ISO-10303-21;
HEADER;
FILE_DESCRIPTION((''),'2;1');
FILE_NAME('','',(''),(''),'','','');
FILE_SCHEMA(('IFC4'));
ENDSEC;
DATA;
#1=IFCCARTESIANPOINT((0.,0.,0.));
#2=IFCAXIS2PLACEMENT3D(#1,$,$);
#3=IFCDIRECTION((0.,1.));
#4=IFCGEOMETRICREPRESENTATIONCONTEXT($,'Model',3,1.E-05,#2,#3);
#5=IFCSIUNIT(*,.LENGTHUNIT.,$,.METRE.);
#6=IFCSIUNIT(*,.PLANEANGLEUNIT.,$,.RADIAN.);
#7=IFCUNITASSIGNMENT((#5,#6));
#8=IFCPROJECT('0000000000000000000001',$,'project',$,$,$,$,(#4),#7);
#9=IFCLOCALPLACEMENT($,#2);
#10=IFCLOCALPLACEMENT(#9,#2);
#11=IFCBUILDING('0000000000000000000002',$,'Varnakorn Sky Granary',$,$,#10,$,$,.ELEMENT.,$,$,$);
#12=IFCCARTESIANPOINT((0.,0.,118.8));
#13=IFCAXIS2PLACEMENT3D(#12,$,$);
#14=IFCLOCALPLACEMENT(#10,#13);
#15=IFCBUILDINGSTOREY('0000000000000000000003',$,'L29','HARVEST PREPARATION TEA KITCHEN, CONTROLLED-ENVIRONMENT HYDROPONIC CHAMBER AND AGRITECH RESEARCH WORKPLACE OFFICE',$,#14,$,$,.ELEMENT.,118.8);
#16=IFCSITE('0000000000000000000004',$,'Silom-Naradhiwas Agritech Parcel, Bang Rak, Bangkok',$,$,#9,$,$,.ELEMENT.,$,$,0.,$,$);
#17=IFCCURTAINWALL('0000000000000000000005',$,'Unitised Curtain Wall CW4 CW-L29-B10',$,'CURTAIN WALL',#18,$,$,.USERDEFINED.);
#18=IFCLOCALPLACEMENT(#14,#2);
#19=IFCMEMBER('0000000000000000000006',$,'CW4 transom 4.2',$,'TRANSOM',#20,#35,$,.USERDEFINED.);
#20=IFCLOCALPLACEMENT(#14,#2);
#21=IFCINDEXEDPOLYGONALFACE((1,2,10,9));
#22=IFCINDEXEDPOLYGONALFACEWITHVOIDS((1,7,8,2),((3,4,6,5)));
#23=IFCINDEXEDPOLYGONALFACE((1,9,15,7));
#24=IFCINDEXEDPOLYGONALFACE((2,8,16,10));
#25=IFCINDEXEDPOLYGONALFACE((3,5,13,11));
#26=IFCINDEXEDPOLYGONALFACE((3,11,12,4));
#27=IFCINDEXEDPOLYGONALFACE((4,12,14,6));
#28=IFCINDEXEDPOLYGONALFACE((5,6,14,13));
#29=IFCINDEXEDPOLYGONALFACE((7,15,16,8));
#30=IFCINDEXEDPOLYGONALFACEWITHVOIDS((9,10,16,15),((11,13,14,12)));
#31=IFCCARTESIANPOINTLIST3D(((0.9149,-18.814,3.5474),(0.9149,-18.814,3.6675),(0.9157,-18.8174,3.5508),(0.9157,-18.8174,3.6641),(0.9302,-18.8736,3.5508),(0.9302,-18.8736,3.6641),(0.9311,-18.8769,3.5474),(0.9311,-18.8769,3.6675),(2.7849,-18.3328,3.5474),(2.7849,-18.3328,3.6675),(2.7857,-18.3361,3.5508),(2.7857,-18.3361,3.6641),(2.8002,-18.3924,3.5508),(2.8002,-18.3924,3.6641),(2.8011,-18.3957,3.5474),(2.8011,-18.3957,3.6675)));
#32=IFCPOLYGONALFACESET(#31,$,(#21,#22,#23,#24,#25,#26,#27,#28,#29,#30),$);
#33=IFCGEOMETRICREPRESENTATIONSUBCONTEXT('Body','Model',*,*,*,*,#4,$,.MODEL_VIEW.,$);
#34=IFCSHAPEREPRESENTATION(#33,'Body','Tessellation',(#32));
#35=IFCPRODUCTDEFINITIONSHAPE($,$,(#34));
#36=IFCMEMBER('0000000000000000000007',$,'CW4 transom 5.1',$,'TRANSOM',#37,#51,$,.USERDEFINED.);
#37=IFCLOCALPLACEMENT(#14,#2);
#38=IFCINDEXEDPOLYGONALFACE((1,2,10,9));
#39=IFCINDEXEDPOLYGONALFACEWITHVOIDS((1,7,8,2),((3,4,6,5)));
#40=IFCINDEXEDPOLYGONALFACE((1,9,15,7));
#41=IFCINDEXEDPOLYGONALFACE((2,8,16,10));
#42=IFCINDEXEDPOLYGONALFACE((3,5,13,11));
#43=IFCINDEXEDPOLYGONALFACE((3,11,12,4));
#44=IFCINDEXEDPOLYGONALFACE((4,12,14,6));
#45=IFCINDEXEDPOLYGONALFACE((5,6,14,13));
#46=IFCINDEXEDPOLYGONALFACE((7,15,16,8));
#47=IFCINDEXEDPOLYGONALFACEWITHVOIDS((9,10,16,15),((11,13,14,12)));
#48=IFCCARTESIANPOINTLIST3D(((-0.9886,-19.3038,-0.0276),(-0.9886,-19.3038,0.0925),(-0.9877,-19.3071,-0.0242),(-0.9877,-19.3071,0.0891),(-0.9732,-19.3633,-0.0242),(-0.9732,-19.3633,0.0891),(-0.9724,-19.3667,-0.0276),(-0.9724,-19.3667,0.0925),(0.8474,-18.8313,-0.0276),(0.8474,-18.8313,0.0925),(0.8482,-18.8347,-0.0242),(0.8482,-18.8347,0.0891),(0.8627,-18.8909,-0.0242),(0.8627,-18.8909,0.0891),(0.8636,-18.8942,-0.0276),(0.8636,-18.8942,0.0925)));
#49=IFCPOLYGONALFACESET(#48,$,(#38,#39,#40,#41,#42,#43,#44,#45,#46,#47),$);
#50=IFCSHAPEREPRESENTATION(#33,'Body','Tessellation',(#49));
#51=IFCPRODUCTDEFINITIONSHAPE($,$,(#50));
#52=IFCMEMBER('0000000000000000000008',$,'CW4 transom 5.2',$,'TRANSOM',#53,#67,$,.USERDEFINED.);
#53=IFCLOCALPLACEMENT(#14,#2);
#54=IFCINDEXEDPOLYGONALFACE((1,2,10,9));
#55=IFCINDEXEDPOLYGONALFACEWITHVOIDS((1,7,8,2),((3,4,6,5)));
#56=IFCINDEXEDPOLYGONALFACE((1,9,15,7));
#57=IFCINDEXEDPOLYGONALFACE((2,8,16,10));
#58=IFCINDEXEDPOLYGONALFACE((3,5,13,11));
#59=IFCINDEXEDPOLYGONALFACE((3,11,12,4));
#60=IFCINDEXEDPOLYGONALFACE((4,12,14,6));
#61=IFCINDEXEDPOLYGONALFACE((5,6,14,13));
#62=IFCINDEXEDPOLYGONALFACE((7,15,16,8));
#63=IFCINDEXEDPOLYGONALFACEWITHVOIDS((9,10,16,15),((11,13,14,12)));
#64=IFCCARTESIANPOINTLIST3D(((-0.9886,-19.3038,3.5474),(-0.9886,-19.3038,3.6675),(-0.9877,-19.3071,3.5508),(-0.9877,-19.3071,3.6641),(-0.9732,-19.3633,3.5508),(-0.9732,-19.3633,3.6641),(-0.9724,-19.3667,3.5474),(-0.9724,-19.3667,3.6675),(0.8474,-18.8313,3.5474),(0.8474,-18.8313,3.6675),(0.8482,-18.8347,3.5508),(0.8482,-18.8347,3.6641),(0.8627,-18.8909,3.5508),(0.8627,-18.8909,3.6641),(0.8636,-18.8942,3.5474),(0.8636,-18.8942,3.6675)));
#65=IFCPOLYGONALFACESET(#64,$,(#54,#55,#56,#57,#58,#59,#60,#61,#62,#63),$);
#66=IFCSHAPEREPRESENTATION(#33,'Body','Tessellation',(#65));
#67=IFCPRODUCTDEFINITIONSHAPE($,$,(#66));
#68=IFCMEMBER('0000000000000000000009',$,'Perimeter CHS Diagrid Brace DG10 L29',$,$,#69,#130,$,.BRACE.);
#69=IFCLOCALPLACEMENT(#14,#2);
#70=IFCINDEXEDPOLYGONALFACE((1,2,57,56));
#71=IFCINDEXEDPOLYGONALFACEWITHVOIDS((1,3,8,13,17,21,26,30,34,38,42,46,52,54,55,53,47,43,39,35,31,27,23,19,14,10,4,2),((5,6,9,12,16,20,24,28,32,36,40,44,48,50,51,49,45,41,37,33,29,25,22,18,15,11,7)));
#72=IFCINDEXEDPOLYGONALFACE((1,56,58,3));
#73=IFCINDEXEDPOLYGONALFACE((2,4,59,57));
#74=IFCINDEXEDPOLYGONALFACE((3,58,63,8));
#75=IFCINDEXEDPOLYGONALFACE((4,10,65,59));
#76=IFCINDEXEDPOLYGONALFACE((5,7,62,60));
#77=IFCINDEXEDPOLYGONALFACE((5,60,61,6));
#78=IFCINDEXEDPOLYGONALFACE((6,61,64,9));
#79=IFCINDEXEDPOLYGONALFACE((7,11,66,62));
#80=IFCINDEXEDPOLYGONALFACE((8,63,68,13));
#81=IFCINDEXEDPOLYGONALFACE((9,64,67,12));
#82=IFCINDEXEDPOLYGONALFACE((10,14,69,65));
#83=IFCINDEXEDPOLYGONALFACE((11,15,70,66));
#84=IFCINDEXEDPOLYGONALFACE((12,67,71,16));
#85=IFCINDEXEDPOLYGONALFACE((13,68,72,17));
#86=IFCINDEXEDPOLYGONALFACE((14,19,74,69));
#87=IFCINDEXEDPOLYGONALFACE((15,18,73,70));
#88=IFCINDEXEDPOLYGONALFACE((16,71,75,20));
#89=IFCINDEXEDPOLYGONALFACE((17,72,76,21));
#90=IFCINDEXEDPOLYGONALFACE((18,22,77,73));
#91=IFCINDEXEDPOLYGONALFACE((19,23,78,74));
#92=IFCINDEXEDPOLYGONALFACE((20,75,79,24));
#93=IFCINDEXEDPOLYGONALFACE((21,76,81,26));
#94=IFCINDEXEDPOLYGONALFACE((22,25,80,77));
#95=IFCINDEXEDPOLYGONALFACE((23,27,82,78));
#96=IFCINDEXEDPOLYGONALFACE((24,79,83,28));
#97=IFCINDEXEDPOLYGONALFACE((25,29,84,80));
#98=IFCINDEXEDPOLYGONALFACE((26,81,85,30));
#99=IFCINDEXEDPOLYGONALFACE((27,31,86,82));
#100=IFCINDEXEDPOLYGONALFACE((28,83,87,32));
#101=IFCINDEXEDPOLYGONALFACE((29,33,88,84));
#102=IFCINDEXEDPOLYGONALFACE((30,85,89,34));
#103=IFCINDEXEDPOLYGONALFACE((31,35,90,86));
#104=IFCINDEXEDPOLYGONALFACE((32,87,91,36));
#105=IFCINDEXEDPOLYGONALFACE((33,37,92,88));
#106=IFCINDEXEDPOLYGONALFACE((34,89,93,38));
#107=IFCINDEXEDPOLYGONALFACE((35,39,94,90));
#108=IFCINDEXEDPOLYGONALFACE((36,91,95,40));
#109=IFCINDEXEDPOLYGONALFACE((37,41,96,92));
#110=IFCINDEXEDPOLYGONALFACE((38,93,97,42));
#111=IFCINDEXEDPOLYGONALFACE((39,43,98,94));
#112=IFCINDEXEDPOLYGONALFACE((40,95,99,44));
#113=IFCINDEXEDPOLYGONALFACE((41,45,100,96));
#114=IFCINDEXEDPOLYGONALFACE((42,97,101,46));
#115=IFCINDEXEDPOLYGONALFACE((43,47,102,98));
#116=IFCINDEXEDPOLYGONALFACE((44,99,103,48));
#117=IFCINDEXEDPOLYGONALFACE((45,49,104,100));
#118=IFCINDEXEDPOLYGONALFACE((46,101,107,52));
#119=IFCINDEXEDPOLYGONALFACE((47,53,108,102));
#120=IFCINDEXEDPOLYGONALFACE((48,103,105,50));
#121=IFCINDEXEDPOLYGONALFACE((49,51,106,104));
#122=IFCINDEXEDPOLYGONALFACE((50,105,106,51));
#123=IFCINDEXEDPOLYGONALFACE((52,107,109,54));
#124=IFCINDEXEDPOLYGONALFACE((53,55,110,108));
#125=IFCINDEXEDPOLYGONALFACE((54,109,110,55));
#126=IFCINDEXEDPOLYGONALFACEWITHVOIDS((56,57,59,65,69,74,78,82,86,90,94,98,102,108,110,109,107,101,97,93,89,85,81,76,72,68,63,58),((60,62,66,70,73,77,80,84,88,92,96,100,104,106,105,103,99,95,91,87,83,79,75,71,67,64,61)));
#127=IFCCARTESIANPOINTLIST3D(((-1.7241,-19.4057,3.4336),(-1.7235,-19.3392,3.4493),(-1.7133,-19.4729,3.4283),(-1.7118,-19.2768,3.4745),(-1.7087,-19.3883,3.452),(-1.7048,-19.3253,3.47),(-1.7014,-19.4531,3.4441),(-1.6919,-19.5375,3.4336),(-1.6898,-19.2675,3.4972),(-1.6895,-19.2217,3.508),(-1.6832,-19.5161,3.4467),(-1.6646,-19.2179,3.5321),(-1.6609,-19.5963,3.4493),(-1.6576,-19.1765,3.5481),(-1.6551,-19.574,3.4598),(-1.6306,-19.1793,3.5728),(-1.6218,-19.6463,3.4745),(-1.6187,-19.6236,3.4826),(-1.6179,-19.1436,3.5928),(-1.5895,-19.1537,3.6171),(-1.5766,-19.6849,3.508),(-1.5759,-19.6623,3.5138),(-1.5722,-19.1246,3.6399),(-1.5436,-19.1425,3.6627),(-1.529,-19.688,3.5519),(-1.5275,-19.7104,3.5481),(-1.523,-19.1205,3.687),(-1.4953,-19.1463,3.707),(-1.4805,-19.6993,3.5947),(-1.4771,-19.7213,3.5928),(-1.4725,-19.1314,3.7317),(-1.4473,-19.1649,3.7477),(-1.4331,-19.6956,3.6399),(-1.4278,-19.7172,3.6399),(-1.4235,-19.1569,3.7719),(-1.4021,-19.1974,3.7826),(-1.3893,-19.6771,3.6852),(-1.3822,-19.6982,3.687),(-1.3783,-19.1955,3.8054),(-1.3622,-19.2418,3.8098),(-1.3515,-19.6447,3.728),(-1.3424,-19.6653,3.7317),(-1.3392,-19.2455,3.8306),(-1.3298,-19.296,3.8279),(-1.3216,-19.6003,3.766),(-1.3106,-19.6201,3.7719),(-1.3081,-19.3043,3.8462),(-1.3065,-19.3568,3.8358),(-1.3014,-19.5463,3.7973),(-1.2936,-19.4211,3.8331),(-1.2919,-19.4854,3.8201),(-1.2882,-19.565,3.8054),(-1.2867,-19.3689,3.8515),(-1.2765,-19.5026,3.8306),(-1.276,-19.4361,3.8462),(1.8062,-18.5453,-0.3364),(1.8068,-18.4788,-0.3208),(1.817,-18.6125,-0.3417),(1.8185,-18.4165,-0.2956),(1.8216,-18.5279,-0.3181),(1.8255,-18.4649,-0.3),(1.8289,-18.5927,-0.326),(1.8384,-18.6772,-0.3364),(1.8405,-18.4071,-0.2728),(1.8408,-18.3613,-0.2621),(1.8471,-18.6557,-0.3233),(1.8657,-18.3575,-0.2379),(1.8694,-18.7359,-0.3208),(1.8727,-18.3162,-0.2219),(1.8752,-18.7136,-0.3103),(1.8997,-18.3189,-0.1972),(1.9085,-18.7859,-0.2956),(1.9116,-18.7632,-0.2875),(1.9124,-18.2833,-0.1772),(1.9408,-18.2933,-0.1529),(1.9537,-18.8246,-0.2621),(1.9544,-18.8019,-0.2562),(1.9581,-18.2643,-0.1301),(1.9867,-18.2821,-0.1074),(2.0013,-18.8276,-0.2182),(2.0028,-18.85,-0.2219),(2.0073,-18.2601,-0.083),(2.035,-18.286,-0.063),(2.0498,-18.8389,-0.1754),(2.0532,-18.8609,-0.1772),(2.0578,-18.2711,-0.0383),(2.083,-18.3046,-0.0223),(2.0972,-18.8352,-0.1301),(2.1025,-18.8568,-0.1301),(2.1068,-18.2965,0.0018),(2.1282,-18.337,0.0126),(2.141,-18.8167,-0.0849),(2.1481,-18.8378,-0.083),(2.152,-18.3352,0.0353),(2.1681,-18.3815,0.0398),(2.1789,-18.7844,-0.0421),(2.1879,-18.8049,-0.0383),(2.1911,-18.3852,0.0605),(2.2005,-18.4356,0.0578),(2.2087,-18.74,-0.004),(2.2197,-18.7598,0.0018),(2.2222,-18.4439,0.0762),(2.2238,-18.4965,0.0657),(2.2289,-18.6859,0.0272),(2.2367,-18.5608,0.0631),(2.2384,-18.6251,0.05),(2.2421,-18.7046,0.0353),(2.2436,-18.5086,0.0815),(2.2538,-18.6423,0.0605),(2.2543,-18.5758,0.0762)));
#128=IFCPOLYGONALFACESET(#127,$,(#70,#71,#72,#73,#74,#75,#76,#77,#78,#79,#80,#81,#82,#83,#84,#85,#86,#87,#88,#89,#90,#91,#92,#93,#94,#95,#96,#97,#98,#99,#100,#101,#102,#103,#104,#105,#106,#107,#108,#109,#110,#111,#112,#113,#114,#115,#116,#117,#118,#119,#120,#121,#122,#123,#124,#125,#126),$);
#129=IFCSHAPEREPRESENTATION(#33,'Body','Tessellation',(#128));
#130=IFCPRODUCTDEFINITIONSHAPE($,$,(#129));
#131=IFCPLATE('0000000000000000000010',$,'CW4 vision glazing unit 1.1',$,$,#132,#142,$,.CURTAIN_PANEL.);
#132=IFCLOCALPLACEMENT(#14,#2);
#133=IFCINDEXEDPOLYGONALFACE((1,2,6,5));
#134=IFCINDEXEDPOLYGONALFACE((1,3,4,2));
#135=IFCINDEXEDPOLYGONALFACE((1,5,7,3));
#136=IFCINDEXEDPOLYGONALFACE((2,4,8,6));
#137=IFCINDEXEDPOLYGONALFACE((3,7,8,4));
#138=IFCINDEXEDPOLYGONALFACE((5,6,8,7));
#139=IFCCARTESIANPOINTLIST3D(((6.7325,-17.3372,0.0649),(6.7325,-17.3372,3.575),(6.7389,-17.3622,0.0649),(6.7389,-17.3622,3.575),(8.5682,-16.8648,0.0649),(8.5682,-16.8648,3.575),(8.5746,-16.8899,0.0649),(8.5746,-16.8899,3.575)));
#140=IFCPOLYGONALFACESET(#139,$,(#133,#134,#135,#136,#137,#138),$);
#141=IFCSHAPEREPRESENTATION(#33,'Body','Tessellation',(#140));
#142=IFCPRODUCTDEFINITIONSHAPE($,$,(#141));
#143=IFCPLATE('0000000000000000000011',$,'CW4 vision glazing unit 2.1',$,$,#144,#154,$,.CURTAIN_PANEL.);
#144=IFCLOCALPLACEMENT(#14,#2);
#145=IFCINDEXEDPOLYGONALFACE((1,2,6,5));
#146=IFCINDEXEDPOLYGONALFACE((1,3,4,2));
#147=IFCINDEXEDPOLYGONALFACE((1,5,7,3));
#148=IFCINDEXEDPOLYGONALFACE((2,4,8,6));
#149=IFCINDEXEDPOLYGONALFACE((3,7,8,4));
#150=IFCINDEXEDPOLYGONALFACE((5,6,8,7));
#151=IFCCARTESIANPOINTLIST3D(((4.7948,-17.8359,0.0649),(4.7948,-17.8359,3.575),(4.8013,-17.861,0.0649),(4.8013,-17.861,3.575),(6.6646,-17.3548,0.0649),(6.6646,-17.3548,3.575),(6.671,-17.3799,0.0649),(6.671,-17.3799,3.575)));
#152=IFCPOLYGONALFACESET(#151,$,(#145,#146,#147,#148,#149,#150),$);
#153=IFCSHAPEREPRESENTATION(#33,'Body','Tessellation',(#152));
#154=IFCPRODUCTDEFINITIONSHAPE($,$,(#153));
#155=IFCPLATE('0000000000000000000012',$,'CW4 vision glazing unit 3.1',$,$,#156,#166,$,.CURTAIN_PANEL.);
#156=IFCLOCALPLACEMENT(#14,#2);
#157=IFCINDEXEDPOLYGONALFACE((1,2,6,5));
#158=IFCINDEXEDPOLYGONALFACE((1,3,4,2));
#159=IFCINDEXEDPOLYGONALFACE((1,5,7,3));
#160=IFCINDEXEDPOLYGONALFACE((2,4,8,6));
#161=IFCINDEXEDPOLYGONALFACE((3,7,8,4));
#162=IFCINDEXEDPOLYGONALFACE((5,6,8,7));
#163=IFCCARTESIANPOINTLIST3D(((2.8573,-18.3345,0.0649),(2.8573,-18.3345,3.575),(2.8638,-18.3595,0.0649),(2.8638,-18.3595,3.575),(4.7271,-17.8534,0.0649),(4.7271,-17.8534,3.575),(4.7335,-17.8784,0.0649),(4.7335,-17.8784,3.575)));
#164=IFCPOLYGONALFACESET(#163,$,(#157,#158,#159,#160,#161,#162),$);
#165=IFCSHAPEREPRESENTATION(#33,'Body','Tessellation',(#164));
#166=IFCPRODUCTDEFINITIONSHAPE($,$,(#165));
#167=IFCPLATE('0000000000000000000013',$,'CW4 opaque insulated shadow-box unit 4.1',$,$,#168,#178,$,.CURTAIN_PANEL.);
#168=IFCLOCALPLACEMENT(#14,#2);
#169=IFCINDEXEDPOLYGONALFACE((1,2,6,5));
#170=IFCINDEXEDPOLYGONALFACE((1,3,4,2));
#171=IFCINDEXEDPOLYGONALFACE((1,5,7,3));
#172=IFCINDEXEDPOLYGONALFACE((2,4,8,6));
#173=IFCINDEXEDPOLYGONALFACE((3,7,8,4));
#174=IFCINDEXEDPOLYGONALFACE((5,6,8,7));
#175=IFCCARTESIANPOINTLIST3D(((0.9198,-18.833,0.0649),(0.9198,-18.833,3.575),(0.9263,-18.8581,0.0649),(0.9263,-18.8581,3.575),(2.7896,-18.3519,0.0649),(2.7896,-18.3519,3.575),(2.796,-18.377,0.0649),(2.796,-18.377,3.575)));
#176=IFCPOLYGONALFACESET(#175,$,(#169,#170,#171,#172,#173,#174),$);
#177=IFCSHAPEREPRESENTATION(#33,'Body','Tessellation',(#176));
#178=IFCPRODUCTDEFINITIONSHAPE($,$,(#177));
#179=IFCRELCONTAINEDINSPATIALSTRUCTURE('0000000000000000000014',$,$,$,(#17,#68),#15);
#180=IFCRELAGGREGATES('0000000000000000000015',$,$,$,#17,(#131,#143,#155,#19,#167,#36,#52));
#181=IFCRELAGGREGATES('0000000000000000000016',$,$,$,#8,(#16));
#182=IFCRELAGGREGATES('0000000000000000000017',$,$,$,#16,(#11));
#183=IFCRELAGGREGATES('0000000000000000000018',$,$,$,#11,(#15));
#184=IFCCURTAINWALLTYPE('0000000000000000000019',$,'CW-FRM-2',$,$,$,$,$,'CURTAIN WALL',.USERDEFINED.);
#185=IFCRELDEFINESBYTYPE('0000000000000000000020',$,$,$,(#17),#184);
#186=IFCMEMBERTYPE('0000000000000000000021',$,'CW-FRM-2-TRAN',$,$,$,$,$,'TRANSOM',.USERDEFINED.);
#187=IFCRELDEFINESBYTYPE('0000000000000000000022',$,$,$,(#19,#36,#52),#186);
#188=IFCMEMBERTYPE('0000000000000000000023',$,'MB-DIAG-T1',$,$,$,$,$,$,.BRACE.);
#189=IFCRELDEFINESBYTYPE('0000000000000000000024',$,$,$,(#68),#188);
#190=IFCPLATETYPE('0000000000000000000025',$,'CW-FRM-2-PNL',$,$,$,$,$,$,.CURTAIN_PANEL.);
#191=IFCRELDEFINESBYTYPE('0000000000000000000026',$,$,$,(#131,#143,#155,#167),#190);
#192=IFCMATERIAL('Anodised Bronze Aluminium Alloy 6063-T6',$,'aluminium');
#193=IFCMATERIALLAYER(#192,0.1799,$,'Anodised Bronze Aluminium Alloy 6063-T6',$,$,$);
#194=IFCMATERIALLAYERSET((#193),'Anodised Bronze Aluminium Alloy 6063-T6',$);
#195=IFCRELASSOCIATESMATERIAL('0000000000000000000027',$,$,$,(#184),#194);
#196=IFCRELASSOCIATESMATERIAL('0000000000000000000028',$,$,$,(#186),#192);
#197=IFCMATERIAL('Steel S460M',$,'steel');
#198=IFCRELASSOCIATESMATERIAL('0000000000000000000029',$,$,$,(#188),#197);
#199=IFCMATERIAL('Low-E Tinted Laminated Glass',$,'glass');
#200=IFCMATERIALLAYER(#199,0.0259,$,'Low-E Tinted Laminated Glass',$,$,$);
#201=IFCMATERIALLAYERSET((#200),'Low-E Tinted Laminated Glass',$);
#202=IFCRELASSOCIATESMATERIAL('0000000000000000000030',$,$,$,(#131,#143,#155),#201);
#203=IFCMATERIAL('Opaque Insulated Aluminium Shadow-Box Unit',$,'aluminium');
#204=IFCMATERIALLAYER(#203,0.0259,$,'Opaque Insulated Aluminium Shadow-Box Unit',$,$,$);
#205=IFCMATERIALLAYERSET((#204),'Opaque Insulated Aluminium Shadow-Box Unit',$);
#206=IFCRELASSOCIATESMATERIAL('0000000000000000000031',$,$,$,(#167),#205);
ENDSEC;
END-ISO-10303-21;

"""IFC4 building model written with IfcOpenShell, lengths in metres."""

from ifc_helpers import new_model, si_unit, direction, frame, origin, origin_2d, place, context, subcontext, project, spatial, rectangle, hollow_rectangle, hollow_circle, extrude, source, transform, mapped, material, layer, layer_set, material_profile, profile_set, type_object, type_shapes, element, aggregate, save


model = new_model("IFC4")

# Units and contexts
model_context = context("Model", 3, precision=1e-05, world=origin(), true_north=direction((0.0, 1.0)))
body_context = subcontext(model_context, "Body", "Model", "MODEL_VIEW")
ifc_project = project(units=[si_unit("LENGTHUNIT", "METRE"), si_unit("PLANEANGLEUNIT", "RADIAN")], contexts=[model_context])

# Site, building, storey
site_placement = place(None, origin())
site = spatial("IfcSite", under=ifc_project, at=site_placement, Name="Silom-Naradhiwas Agritech Parcel, Bang Rak, Bangkok", CompositionType="ELEMENT", RefElevation=0.0)
building_placement = place(site_placement, origin())
building = spatial("IfcBuilding", under=site, at=building_placement, Name="Varnakorn Sky Granary", CompositionType="ELEMENT")
storey_placement = place(building_placement, frame((0.0, 0.0, 118.8)))
storey = spatial("IfcBuildingStorey", under=building, at=storey_placement, Name="L29", Description="HARVEST PREPARATION TEA KITCHEN, CONTROLLED-ENVIRONMENT HYDROPONIC CHAMBER AND AGRITECH RESEARCH WORKPLACE OFFICE", CompositionType="ELEMENT", Elevation=118.8)

# Curtain wall, members
ifc_material_1 = material(Name="Anodised Bronze Aluminium Alloy 6063-T6", Category="aluminium")
ifc_layer_1 = layer(ifc_material_1, 0.1799, Name="Anodised Bronze Aluminium Alloy 6063-T6")
ifc_layer_set_1 = layer_set([ifc_layer_1], Name="Anodised Bronze Aluminium Alloy 6063-T6")
curtain_wall_type = type_object("IfcCurtainWallType", Name="CW-FRM-2", ElementType="CURTAIN WALL", PredefinedType="USERDEFINED", material=ifc_layer_set_1)
curtain_wall_placement = place(storey_placement, origin())
curtain_wall = element("IfcCurtainWall", 1, at=curtain_wall_placement, inside=storey, type_object=curtain_wall_type, Name="Unitised Curtain Wall CW4 CW-L29-B10", ObjectType="CURTAIN WALL", PredefinedType="USERDEFINED")
ifc_material_profile_1 = material_profile(ifc_material_1, hollow_rectangle(XDim=0.0649, YDim=0.1201, WallThickness=0.0034, at=origin_2d()), Name="ALU TRAN 65x120")
ifc_profile_set_1 = profile_set([ifc_material_profile_1], Name="Anodised Bronze Aluminium Alloy 6063-T6")
member_type_1 = type_object("IfcMemberType", Name="CW-FRM-2-TRAN", ElementType="TRANSOM", PredefinedType="USERDEFINED", material=ifc_profile_set_1)
member_1_placement = place(storey_placement, frame((2.793, -18.3643, 3.6074), z_axis=(-0.968446, -0.249224, 0.0), x_axis=(0.249224, -0.968446, 0.0)))
member_1 = element("IfcMember", 2, at=member_1_placement, type_object=member_type_1, Name="CW4 transom 4.2", ObjectType="TRANSOM", PredefinedType="USERDEFINED", context=body_context, shape_type="SweptSolid", body=[
    extrude(hollow_rectangle(XDim=0.0649, YDim=0.1201, WallThickness=0.0034, at=origin_2d()), origin(), (0.0, 0.0, 1.0), 1.9309),
])
member_2_placement = place(storey_placement, frame((0.8555, -18.8628, 0.0325), z_axis=(-0.968453, -0.249196, 0.0), x_axis=(0.249196, -0.968453, 0.0)))
member_2 = element("IfcMember", 3, at=member_2_placement, type_object=member_type_1, Name="CW4 transom 5.1", ObjectType="TRANSOM", PredefinedType="USERDEFINED", context=body_context, shape_type="SweptSolid", body=[
    extrude(hollow_rectangle(XDim=0.0649, YDim=0.1201, WallThickness=0.0034, at=origin_2d()), origin(), (0.0, 0.0, 1.0), 1.8958),
])
member_3_placement = place(storey_placement, frame((0.8555, -18.8628, 3.6074), z_axis=(-0.968453, -0.249196, 0.0), x_axis=(0.249196, -0.968453, 0.0)))
member_3 = element("IfcMember", 4, at=member_3_placement, type_object=member_type_1, Name="CW4 transom 5.2", ObjectType="TRANSOM", PredefinedType="USERDEFINED", context=body_context, shape_type="SweptSolid", body=[
    extrude(hollow_rectangle(XDim=0.0649, YDim=0.1201, WallThickness=0.0034, at=origin_2d()), origin(), (0.0, 0.0, 1.0), 1.8958),
])

# Member
ifc_material_2 = material(Name="Steel S460M", Category="steel")
ifc_material_profile_2 = material_profile(ifc_material_2, hollow_circle(Radius=0.3049, WallThickness=0.0222, at=origin_2d()), Name="CHS 610x22")
ifc_profile_set_2 = profile_set([ifc_material_profile_2], Name="Steel S460M")
member_type_2 = type_object("IfcMemberType", Name="MB-DIAG-T1", PredefinedType="BRACE", material=ifc_profile_set_2)
member_4_placement = place(storey_placement, frame((2.0303, -18.5605, -0.1301), z_axis=(-0.674226, -0.164314, 0.720014), x_axis=(0.236777, -0.971564, 0.0)))
element("IfcMember", 5, at=member_4_placement, inside=storey, type_object=member_type_2, Name="Perimeter CHS Diagrid Brace DG10 L29", PredefinedType="BRACE", context=body_context, shape_type="SweptSolid", body=[
    extrude(hollow_circle(Radius=0.3049, WallThickness=0.0222, at=origin_2d()), origin(), (0.0, 0.0, 1.0), 5.2361),
])

# Plates
ifc_material_3 = material(Name="Low-E Tinted Laminated Glass", Category="glass")
ifc_layer_2 = layer(ifc_material_3, 0.0259, Name="Low-E Tinted Laminated Glass")
ifc_layer_set_2 = layer_set([ifc_layer_2], Name="Low-E Tinted Laminated Glass")
plate_type = type_object("IfcPlateType", Name="CW-FRM-2-PNL", PredefinedType="CURTAIN_PANEL")
shared_shape_1 = source(origin(), body_context, "Body", "SweptSolid", [
    extrude(rectangle(XDim=1.8955, YDim=0.0259, at=origin_2d()), origin(), (0.0, 0.0, 1.0), 3.51),
])
plate_1_placement = place(storey_placement, frame((7.6536, -17.1135, 0.0649), z_axis=(0.0, 0.0, 1.0), x_axis=(-0.968453, -0.249196, 0.0)))
plate_1 = element("IfcPlate", 6, at=plate_1_placement, type_object=plate_type, material=ifc_layer_set_2, Name="CW4 vision glazing unit 1.1", PredefinedType="CURTAIN_PANEL", context=body_context, shape_type="MappedRepresentation", body=[
    mapped(shared_shape_1, transform((0.0, 0.0, 0.0), x_axis=(1.0, 0.0, 0.0), y_axis=(0.0, 1.0, 0.0), z_axis=(0.0, 0.0, 1.0), scale=1.0)),
])
shared_shape_2 = source(origin(), body_context, "Body", "SweptSolid", [
    extrude(rectangle(XDim=1.9307, YDim=0.0259, at=origin_2d()), origin(), (0.0, 0.0, 1.0), 3.51),
])
type_shapes(plate_type, [shared_shape_1, shared_shape_2])
plate_2_placement = place(storey_placement, frame((5.7329, -17.6079, 0.0649), z_axis=(0.0, 0.0, 1.0), x_axis=(-0.968453, -0.249196, 0.0)))
plate_2 = element("IfcPlate", 7, at=plate_2_placement, type_object=plate_type, material=ifc_layer_set_2, Name="CW4 vision glazing unit 2.1", PredefinedType="CURTAIN_PANEL", context=body_context, shape_type="MappedRepresentation", body=[
    mapped(shared_shape_2, transform((0.0, 0.0, 0.0), x_axis=(1.0, 0.0, 0.0), y_axis=(0.0, 1.0, 0.0), z_axis=(0.0, 0.0, 1.0), scale=1.0)),
])
plate_3_placement = place(storey_placement, frame((3.7954, -18.1064, 0.0649), z_axis=(0.0, 0.0, 1.0), x_axis=(-0.968453, -0.249196, 0.0)))
plate_3 = element("IfcPlate", 8, at=plate_3_placement, type_object=plate_type, material=ifc_layer_set_2, Name="CW4 vision glazing unit 3.1", PredefinedType="CURTAIN_PANEL", context=body_context, shape_type="MappedRepresentation", body=[
    mapped(shared_shape_2, transform((0.0, 0.0, 0.0), x_axis=(1.0, 0.0, 0.0), y_axis=(0.0, 1.0, 0.0), z_axis=(0.0, 0.0, 1.0), scale=1.0)),
])
ifc_material_4 = material(Name="Opaque Insulated Aluminium Shadow-Box Unit", Category="aluminium")
ifc_layer_3 = layer(ifc_material_4, 0.0259, Name="Opaque Insulated Aluminium Shadow-Box Unit")
ifc_layer_set_3 = layer_set([ifc_layer_3], Name="Opaque Insulated Aluminium Shadow-Box Unit")
plate_4_placement = place(storey_placement, frame((1.8579, -18.605, 0.0649), z_axis=(0.0, 0.0, 1.0), x_axis=(-0.968453, -0.249196, 0.0)))
plate_4 = element("IfcPlate", 9, at=plate_4_placement, type_object=plate_type, material=ifc_layer_set_3, Name="CW4 opaque insulated shadow-box unit 4.1", PredefinedType="CURTAIN_PANEL", context=body_context, shape_type="MappedRepresentation", body=[
    mapped(shared_shape_2, transform((0.0, 0.0, 0.0), x_axis=(1.0, 0.0, 0.0), y_axis=(0.0, 1.0, 0.0), z_axis=(0.0, 0.0, 1.0), scale=1.0)),
])
aggregate(curtain_wall, [plate_1, plate_2, plate_3, member_1, plate_4, member_2, member_3])

save(model, "model.ifc")
